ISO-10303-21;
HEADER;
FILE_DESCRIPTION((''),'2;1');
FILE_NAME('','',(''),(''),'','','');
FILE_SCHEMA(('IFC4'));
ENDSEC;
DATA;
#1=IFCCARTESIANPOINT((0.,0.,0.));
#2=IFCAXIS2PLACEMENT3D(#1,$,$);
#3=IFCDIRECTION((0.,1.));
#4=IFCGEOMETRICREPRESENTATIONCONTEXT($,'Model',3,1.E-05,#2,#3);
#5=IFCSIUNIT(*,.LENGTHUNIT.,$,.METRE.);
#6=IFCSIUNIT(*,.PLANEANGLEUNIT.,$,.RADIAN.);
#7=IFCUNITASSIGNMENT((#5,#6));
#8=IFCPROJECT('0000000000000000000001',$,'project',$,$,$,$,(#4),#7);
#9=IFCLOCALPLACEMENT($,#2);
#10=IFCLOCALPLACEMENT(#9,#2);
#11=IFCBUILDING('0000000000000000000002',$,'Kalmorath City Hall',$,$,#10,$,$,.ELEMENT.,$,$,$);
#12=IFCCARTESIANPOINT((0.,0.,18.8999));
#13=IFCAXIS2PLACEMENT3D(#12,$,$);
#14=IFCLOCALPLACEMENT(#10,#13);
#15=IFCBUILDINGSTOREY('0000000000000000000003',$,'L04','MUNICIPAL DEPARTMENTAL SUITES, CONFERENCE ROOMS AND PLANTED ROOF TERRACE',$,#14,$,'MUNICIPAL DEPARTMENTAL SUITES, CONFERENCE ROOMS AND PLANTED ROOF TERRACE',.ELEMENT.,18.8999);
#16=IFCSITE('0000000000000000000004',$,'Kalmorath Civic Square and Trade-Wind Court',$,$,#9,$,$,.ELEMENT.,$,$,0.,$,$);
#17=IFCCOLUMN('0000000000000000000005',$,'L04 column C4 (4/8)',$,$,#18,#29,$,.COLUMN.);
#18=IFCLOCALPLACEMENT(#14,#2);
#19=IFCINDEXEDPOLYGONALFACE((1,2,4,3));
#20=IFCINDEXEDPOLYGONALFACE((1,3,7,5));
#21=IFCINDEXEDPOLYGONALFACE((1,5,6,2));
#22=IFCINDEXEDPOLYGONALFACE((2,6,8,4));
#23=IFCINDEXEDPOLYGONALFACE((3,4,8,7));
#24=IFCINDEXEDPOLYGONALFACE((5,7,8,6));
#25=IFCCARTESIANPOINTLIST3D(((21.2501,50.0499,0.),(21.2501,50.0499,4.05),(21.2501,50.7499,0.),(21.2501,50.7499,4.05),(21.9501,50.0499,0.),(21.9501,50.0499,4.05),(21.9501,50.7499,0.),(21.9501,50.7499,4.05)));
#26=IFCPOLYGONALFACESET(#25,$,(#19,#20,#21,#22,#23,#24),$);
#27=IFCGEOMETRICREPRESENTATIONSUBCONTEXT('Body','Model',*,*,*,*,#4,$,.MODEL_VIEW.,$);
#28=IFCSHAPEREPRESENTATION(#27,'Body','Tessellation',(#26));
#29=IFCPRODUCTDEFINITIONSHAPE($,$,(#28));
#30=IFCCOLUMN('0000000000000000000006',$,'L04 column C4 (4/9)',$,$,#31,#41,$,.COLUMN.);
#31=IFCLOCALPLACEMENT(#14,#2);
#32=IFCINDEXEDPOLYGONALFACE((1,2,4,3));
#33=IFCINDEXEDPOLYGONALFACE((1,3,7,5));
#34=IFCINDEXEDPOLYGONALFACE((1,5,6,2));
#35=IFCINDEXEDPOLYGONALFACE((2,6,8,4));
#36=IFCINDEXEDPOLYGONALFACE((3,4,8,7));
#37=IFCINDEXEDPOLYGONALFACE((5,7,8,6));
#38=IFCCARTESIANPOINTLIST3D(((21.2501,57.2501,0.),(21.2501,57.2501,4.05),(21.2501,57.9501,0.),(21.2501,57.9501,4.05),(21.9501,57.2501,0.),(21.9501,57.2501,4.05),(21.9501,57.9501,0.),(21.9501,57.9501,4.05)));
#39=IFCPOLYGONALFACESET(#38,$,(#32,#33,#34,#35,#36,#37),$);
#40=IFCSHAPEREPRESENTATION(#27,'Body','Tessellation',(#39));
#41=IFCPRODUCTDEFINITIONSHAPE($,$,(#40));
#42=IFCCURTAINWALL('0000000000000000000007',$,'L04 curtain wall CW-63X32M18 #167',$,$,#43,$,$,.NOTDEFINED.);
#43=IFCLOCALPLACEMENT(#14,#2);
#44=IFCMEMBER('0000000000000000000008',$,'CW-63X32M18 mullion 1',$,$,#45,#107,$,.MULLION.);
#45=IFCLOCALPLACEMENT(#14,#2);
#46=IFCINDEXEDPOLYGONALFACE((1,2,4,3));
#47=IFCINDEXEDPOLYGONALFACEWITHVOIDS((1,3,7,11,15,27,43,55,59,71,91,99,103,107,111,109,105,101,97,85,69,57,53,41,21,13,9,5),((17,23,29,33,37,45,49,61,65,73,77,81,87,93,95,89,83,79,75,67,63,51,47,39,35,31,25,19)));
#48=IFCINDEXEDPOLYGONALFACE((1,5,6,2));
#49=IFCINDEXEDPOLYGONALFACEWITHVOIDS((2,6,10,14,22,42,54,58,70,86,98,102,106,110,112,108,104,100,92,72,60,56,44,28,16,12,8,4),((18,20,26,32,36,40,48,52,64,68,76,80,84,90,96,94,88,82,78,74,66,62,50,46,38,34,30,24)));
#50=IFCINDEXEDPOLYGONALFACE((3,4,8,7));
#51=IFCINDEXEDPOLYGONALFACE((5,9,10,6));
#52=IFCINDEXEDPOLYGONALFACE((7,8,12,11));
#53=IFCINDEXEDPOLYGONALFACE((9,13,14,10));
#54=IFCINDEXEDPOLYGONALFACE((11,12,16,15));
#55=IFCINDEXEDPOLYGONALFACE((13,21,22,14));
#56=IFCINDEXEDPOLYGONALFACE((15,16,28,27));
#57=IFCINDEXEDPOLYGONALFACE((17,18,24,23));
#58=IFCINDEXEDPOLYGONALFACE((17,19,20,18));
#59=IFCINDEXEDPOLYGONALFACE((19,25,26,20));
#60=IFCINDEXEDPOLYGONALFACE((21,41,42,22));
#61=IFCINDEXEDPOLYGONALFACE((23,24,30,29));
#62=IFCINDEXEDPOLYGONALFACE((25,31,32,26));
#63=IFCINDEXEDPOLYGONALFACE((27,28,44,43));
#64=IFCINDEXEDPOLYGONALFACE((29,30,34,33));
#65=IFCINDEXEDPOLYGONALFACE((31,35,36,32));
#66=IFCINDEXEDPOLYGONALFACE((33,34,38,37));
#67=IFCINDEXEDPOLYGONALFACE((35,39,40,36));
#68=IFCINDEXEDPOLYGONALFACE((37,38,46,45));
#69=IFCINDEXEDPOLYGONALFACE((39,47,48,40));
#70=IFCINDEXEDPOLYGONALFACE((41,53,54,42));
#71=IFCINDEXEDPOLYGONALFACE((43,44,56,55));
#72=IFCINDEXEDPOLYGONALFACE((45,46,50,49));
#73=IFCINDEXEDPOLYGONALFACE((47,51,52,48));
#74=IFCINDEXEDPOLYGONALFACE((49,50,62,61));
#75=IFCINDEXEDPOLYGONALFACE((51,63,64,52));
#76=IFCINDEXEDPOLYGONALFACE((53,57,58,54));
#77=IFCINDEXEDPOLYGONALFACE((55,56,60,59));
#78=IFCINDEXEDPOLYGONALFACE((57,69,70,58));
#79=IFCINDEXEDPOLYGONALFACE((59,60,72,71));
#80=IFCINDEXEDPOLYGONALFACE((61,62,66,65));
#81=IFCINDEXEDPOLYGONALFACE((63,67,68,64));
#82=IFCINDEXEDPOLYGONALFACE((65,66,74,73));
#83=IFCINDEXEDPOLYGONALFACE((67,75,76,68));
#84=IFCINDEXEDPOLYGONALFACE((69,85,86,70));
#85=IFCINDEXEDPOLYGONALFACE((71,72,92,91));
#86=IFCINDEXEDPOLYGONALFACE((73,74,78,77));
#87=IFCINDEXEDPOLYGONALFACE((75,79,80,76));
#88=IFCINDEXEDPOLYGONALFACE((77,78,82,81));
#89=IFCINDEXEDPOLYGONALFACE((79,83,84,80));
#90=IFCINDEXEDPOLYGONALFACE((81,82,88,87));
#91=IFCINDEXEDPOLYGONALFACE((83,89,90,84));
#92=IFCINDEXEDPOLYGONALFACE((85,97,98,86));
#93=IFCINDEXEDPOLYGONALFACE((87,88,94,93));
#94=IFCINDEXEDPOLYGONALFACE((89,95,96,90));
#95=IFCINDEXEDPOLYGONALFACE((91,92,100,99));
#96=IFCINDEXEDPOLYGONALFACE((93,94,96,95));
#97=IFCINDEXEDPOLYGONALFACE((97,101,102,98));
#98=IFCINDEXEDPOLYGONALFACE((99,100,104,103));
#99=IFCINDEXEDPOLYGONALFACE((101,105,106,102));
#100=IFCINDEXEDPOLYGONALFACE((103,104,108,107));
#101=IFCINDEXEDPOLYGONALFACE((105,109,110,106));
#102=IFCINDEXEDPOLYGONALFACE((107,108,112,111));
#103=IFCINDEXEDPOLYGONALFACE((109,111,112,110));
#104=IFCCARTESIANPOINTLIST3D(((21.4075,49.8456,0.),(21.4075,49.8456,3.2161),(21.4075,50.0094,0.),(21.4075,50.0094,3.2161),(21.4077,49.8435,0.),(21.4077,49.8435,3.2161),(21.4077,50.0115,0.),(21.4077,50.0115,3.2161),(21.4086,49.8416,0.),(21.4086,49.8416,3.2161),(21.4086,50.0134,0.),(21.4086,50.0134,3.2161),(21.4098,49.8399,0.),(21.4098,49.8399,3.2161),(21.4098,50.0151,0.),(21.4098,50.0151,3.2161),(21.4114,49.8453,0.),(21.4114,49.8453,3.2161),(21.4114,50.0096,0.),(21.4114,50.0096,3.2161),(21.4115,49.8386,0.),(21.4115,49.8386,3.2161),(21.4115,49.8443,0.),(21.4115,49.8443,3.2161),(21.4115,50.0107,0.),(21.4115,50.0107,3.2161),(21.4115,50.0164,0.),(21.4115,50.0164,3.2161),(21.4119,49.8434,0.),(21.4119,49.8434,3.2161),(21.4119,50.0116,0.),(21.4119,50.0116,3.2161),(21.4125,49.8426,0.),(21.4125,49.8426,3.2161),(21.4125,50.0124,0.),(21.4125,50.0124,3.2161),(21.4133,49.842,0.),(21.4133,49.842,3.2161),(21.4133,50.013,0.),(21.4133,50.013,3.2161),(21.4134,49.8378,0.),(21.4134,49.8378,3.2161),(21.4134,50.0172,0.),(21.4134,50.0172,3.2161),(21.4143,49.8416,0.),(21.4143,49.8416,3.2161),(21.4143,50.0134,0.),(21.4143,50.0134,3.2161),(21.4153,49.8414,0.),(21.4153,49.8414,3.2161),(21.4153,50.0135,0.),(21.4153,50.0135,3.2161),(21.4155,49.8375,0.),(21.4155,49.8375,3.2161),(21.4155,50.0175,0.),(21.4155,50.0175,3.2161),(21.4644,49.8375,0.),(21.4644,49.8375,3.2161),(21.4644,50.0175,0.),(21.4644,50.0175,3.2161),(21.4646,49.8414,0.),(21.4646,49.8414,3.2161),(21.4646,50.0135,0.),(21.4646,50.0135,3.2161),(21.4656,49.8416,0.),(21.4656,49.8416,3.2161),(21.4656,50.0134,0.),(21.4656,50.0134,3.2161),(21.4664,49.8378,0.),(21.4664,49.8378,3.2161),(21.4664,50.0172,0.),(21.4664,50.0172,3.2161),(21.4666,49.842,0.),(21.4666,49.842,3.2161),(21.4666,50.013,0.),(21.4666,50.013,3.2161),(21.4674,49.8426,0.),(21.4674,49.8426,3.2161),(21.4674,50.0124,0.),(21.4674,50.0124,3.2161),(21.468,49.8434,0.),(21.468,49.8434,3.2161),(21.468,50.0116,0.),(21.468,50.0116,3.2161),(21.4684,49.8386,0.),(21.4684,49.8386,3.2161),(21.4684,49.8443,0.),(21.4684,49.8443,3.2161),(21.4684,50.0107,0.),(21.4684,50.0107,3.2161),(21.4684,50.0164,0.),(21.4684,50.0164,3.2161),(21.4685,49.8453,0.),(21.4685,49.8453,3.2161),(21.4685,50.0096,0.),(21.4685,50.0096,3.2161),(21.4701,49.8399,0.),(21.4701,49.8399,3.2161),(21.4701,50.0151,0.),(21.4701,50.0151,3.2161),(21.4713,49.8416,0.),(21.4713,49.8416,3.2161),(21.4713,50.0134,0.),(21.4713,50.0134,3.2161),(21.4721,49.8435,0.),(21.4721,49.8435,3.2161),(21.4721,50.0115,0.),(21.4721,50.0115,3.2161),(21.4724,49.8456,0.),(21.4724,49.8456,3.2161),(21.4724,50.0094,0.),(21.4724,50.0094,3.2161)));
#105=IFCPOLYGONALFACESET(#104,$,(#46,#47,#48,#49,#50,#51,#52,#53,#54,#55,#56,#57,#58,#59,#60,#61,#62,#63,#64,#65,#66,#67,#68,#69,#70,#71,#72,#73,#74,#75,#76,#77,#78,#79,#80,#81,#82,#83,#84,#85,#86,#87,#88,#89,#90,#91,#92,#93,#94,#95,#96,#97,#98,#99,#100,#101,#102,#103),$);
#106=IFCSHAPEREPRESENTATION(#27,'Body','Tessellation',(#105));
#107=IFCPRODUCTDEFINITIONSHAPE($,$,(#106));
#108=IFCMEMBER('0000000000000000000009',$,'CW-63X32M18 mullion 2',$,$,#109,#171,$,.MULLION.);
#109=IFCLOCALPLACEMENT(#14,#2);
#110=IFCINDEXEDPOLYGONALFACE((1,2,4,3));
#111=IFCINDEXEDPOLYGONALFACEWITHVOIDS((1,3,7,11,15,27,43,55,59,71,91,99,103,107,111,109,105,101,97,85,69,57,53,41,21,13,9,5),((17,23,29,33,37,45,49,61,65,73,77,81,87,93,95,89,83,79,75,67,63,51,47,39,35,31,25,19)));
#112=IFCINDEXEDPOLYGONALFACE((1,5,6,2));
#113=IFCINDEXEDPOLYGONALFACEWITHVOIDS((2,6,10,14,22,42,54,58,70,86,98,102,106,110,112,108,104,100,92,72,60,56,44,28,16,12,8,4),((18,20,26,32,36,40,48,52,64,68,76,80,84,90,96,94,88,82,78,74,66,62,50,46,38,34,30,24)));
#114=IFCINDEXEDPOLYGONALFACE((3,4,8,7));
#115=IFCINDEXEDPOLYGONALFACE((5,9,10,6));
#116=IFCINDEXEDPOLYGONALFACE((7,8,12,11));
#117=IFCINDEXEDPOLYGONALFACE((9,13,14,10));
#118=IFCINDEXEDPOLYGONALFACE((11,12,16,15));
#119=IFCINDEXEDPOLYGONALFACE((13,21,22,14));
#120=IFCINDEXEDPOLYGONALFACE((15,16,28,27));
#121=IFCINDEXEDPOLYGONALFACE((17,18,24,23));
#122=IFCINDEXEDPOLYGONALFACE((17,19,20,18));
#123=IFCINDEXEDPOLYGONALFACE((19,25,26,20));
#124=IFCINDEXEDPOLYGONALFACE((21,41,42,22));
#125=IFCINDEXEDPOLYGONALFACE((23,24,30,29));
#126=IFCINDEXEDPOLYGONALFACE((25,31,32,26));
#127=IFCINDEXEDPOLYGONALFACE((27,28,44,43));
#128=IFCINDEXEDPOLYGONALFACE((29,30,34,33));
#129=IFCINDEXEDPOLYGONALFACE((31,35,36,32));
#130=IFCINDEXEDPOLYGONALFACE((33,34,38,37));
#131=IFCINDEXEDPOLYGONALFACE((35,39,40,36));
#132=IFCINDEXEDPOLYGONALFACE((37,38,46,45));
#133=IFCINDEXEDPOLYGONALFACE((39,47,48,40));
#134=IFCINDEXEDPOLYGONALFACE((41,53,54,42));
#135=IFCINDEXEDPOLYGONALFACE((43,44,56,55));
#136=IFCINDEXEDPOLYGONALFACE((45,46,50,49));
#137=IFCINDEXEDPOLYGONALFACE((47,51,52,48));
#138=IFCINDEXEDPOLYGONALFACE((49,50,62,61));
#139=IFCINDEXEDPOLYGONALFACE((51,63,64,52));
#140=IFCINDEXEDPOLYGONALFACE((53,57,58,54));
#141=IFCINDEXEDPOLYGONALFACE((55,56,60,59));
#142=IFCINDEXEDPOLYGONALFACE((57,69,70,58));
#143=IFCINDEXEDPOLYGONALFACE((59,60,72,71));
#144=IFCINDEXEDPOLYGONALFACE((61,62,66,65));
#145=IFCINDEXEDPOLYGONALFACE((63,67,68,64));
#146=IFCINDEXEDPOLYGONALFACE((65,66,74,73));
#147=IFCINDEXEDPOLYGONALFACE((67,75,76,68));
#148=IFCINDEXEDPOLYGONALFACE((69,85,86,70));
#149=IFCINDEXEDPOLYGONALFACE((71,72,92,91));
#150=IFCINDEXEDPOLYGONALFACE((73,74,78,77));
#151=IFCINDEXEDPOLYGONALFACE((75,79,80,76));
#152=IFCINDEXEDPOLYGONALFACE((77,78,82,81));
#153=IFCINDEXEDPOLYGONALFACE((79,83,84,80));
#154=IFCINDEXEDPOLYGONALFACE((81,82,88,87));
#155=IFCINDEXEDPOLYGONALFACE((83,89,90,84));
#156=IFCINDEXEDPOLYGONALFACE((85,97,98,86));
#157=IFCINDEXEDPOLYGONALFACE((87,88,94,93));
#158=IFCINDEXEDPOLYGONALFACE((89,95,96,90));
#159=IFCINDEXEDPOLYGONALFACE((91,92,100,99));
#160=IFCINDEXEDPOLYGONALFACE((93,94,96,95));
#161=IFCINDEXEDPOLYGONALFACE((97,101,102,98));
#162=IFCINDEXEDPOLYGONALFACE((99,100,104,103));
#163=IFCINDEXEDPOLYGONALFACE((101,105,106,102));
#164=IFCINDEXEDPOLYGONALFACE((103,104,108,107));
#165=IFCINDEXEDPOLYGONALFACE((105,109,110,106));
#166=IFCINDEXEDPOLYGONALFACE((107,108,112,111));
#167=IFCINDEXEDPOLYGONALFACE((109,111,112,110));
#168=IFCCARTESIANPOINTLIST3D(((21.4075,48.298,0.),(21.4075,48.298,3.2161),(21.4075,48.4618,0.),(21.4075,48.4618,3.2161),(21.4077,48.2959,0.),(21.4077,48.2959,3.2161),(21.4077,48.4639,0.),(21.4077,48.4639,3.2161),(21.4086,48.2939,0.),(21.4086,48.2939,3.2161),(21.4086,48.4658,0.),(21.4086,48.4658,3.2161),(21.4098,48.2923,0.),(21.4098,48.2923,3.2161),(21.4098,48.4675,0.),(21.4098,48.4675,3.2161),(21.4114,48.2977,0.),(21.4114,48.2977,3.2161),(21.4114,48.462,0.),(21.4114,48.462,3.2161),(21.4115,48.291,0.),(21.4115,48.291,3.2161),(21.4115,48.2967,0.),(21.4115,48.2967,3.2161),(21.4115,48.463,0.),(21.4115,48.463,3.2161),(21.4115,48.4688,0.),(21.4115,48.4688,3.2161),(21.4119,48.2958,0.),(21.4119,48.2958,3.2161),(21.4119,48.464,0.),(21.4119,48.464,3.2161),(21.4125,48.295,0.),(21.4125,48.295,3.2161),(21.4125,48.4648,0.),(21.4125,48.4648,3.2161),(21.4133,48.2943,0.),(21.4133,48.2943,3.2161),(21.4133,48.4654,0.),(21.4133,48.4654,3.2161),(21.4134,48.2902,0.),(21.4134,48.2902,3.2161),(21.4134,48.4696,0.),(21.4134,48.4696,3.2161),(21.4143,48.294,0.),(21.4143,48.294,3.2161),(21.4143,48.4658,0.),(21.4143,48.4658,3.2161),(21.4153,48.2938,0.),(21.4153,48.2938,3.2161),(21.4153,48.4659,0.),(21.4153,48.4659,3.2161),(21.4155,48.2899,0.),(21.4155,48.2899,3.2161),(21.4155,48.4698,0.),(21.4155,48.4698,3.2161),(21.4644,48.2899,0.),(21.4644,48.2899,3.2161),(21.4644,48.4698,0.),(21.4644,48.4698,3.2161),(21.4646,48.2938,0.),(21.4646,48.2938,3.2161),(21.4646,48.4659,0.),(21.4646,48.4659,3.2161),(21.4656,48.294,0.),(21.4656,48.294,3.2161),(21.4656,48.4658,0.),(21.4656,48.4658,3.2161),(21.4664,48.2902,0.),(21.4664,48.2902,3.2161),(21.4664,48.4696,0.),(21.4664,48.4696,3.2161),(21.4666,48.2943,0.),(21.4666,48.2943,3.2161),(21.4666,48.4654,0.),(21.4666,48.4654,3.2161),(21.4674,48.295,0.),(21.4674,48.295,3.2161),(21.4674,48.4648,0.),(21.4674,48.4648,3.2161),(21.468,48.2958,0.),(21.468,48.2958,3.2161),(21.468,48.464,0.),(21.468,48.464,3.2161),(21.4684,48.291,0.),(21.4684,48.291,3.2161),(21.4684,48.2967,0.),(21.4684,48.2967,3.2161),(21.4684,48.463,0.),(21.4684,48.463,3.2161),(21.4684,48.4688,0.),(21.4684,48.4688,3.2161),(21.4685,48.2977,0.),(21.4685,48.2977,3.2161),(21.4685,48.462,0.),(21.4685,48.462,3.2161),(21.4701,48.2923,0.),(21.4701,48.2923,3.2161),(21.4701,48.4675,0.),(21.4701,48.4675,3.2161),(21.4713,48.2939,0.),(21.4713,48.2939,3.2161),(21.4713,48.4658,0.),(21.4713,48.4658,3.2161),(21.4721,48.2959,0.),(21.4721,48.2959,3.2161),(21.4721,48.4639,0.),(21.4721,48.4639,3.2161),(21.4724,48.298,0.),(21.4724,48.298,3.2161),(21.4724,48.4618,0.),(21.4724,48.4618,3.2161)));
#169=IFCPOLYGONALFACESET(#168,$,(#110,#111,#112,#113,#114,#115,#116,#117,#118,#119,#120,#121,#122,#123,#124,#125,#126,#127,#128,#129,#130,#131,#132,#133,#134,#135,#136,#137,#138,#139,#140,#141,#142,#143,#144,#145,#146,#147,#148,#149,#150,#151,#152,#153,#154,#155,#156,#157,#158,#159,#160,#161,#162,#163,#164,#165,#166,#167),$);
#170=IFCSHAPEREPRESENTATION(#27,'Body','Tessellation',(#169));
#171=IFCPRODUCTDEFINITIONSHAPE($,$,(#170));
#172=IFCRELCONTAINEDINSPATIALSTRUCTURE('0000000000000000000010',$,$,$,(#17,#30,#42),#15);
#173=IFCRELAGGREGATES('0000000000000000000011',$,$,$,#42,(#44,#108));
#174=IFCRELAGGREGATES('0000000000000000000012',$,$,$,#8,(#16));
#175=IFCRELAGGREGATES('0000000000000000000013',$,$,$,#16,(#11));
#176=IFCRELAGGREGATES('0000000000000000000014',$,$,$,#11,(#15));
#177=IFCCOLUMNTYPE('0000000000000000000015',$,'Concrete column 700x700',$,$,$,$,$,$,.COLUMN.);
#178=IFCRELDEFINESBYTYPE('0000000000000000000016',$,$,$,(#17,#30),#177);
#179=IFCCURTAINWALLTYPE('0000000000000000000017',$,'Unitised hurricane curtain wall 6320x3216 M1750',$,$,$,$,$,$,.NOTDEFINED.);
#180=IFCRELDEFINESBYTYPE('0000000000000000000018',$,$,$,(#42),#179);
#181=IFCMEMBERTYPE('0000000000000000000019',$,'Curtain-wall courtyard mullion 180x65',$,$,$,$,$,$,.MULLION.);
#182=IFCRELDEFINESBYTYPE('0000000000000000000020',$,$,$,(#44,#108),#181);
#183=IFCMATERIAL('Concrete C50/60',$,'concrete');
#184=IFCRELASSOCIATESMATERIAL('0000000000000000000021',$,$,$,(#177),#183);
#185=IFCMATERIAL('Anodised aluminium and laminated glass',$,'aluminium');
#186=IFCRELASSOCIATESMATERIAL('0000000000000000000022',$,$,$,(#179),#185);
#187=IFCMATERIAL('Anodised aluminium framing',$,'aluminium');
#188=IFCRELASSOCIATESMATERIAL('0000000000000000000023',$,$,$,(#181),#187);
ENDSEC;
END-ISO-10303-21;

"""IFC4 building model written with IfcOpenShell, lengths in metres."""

from ifc_helpers import new_model, si_unit, direction, frame, origin, origin_2d, place, context, subcontext, project, spatial, rectangle, hollow_rectangle, extrude, material, material_profile, profile_set, type_object, element, aggregate, save


model = new_model("IFC4")

# Units and contexts
model_context = context("Model", 3, precision=1e-05, world=origin(), true_north=direction((0.0, 1.0)))
body_context = subcontext(model_context, "Body", "Model", "MODEL_VIEW")
ifc_project = project(units=[si_unit("LENGTHUNIT", "METRE"), si_unit("PLANEANGLEUNIT", "RADIAN")], contexts=[model_context])

# Site, building, storey
site_placement = place(None, origin())
site = spatial("IfcSite", under=ifc_project, at=site_placement, Name="Kalmorath Civic Square and Trade-Wind Court", CompositionType="ELEMENT", RefElevation=0.0)
building_placement = place(site_placement, origin())
building = spatial("IfcBuilding", under=site, at=building_placement, Name="Kalmorath City Hall", CompositionType="ELEMENT")
storey_placement = place(building_placement, frame((0.0, 0.0, 18.8999)))
storey = spatial("IfcBuildingStorey", under=building, at=storey_placement, Name="L04", Description="MUNICIPAL DEPARTMENTAL SUITES, CONFERENCE ROOMS AND PLANTED ROOF TERRACE", LongName="MUNICIPAL DEPARTMENTAL SUITES, CONFERENCE ROOMS AND PLANTED ROOF TERRACE", CompositionType="ELEMENT", Elevation=18.8999)

# Columns
ifc_material_1 = material(Name="Concrete C50/60", Category="concrete")
ifc_material_profile_1 = material_profile(ifc_material_1, rectangle(XDim=0.7, YDim=0.7, at=origin_2d()), Name="RC-COL-700X700")
ifc_profile_set_1 = profile_set([ifc_material_profile_1], Name="Concrete C50/60")
column_type = type_object("IfcColumnType", Name="Concrete column 700x700", PredefinedType="COLUMN", material=ifc_profile_set_1)
for number, where, z_axis, x_axis, name in (
    (1, (21.6001, 50.3999, 0.0), (0.0, 0.0, 1.0), (1.0, 0.0, 0.0), "L04 column C4 (4/8)"),
    (2, (21.6001, 57.6001, 0.0), (0.0, 0.0, 1.0), (1.0, 0.0, 0.0), "L04 column C4 (4/9)"),
):
    element("IfcColumn", number, at=place(storey_placement, frame(where, z_axis=z_axis, x_axis=x_axis)), inside=storey, type_object=column_type, Name=name, PredefinedType="COLUMN", context=body_context, shape_type="SweptSolid", body=[
        extrude(rectangle(XDim=0.7, YDim=0.7, at=origin_2d()), origin(), (0.0, 0.0, 1.0), 4.05),
    ])

# Curtain wall, members
ifc_material_2 = material(Name="Anodised aluminium and laminated glass", Category="aluminium")
curtain_wall_type = type_object("IfcCurtainWallType", Name="Unitised hurricane curtain wall 6320x3216 M1750", PredefinedType="NOTDEFINED", material=ifc_material_2)
curtain_wall_1_placement = place(storey_placement, origin())
curtain_wall_1 = element("IfcCurtainWall", 3, at=curtain_wall_1_placement, inside=storey, type_object=curtain_wall_type, Name="L04 curtain wall CW-63X32M18 #167", PredefinedType="NOTDEFINED")
ifc_material_3 = material(Name="Anodised aluminium framing", Category="aluminium")
ifc_material_profile_2 = material_profile(ifc_material_3, hollow_rectangle(XDim=0.0649, YDim=0.1799, WallThickness=0.0039, InnerFilletRadius=0.0039, OuterFilletRadius=0.0081, at=origin_2d()), Name="ALU-MUL-180X65X4")
ifc_profile_set_2 = profile_set([ifc_material_profile_2], Name="Anodised aluminium framing")
member_type_1 = type_object("IfcMemberType", Name="Curtain-wall courtyard mullion 180x65", PredefinedType="MULLION", material=ifc_profile_set_2)
member_1_placement = place(storey_placement, frame((21.4399, 49.9275, 0.0), z_axis=(0.0, 0.0, 1.0), x_axis=(1.0, 0.0, 0.0)))
member_1 = element("IfcMember", 4, at=member_1_placement, type_object=member_type_1, Name="CW-63X32M18 mullion 1", PredefinedType="MULLION", context=body_context, shape_type="SweptSolid", body=[
    extrude(hollow_rectangle(XDim=0.0649, YDim=0.1799, WallThickness=0.0039, InnerFilletRadius=0.0039, OuterFilletRadius=0.0081, at=origin_2d()), origin(), (0.0, 0.0, 1.0), 3.2161),
])
member_2_placement = place(storey_placement, frame((21.4399, 48.3799, 0.0), z_axis=(0.0, 0.0, 1.0), x_axis=(1.0, 0.0, 0.0)))
member_2 = element("IfcMember", 5, at=member_2_placement, type_object=member_type_1, Name="CW-63X32M18 mullion 2", PredefinedType="MULLION", context=body_context, shape_type="SweptSolid", body=[
    extrude(hollow_rectangle(XDim=0.0649, YDim=0.1799, WallThickness=0.0039, InnerFilletRadius=0.0039, OuterFilletRadius=0.0081, at=origin_2d()), origin(), (0.0, 0.0, 1.0), 3.2161),
])

aggregate(curtain_wall_1, [member_1, member_2])

save(model, "model.ifc")
